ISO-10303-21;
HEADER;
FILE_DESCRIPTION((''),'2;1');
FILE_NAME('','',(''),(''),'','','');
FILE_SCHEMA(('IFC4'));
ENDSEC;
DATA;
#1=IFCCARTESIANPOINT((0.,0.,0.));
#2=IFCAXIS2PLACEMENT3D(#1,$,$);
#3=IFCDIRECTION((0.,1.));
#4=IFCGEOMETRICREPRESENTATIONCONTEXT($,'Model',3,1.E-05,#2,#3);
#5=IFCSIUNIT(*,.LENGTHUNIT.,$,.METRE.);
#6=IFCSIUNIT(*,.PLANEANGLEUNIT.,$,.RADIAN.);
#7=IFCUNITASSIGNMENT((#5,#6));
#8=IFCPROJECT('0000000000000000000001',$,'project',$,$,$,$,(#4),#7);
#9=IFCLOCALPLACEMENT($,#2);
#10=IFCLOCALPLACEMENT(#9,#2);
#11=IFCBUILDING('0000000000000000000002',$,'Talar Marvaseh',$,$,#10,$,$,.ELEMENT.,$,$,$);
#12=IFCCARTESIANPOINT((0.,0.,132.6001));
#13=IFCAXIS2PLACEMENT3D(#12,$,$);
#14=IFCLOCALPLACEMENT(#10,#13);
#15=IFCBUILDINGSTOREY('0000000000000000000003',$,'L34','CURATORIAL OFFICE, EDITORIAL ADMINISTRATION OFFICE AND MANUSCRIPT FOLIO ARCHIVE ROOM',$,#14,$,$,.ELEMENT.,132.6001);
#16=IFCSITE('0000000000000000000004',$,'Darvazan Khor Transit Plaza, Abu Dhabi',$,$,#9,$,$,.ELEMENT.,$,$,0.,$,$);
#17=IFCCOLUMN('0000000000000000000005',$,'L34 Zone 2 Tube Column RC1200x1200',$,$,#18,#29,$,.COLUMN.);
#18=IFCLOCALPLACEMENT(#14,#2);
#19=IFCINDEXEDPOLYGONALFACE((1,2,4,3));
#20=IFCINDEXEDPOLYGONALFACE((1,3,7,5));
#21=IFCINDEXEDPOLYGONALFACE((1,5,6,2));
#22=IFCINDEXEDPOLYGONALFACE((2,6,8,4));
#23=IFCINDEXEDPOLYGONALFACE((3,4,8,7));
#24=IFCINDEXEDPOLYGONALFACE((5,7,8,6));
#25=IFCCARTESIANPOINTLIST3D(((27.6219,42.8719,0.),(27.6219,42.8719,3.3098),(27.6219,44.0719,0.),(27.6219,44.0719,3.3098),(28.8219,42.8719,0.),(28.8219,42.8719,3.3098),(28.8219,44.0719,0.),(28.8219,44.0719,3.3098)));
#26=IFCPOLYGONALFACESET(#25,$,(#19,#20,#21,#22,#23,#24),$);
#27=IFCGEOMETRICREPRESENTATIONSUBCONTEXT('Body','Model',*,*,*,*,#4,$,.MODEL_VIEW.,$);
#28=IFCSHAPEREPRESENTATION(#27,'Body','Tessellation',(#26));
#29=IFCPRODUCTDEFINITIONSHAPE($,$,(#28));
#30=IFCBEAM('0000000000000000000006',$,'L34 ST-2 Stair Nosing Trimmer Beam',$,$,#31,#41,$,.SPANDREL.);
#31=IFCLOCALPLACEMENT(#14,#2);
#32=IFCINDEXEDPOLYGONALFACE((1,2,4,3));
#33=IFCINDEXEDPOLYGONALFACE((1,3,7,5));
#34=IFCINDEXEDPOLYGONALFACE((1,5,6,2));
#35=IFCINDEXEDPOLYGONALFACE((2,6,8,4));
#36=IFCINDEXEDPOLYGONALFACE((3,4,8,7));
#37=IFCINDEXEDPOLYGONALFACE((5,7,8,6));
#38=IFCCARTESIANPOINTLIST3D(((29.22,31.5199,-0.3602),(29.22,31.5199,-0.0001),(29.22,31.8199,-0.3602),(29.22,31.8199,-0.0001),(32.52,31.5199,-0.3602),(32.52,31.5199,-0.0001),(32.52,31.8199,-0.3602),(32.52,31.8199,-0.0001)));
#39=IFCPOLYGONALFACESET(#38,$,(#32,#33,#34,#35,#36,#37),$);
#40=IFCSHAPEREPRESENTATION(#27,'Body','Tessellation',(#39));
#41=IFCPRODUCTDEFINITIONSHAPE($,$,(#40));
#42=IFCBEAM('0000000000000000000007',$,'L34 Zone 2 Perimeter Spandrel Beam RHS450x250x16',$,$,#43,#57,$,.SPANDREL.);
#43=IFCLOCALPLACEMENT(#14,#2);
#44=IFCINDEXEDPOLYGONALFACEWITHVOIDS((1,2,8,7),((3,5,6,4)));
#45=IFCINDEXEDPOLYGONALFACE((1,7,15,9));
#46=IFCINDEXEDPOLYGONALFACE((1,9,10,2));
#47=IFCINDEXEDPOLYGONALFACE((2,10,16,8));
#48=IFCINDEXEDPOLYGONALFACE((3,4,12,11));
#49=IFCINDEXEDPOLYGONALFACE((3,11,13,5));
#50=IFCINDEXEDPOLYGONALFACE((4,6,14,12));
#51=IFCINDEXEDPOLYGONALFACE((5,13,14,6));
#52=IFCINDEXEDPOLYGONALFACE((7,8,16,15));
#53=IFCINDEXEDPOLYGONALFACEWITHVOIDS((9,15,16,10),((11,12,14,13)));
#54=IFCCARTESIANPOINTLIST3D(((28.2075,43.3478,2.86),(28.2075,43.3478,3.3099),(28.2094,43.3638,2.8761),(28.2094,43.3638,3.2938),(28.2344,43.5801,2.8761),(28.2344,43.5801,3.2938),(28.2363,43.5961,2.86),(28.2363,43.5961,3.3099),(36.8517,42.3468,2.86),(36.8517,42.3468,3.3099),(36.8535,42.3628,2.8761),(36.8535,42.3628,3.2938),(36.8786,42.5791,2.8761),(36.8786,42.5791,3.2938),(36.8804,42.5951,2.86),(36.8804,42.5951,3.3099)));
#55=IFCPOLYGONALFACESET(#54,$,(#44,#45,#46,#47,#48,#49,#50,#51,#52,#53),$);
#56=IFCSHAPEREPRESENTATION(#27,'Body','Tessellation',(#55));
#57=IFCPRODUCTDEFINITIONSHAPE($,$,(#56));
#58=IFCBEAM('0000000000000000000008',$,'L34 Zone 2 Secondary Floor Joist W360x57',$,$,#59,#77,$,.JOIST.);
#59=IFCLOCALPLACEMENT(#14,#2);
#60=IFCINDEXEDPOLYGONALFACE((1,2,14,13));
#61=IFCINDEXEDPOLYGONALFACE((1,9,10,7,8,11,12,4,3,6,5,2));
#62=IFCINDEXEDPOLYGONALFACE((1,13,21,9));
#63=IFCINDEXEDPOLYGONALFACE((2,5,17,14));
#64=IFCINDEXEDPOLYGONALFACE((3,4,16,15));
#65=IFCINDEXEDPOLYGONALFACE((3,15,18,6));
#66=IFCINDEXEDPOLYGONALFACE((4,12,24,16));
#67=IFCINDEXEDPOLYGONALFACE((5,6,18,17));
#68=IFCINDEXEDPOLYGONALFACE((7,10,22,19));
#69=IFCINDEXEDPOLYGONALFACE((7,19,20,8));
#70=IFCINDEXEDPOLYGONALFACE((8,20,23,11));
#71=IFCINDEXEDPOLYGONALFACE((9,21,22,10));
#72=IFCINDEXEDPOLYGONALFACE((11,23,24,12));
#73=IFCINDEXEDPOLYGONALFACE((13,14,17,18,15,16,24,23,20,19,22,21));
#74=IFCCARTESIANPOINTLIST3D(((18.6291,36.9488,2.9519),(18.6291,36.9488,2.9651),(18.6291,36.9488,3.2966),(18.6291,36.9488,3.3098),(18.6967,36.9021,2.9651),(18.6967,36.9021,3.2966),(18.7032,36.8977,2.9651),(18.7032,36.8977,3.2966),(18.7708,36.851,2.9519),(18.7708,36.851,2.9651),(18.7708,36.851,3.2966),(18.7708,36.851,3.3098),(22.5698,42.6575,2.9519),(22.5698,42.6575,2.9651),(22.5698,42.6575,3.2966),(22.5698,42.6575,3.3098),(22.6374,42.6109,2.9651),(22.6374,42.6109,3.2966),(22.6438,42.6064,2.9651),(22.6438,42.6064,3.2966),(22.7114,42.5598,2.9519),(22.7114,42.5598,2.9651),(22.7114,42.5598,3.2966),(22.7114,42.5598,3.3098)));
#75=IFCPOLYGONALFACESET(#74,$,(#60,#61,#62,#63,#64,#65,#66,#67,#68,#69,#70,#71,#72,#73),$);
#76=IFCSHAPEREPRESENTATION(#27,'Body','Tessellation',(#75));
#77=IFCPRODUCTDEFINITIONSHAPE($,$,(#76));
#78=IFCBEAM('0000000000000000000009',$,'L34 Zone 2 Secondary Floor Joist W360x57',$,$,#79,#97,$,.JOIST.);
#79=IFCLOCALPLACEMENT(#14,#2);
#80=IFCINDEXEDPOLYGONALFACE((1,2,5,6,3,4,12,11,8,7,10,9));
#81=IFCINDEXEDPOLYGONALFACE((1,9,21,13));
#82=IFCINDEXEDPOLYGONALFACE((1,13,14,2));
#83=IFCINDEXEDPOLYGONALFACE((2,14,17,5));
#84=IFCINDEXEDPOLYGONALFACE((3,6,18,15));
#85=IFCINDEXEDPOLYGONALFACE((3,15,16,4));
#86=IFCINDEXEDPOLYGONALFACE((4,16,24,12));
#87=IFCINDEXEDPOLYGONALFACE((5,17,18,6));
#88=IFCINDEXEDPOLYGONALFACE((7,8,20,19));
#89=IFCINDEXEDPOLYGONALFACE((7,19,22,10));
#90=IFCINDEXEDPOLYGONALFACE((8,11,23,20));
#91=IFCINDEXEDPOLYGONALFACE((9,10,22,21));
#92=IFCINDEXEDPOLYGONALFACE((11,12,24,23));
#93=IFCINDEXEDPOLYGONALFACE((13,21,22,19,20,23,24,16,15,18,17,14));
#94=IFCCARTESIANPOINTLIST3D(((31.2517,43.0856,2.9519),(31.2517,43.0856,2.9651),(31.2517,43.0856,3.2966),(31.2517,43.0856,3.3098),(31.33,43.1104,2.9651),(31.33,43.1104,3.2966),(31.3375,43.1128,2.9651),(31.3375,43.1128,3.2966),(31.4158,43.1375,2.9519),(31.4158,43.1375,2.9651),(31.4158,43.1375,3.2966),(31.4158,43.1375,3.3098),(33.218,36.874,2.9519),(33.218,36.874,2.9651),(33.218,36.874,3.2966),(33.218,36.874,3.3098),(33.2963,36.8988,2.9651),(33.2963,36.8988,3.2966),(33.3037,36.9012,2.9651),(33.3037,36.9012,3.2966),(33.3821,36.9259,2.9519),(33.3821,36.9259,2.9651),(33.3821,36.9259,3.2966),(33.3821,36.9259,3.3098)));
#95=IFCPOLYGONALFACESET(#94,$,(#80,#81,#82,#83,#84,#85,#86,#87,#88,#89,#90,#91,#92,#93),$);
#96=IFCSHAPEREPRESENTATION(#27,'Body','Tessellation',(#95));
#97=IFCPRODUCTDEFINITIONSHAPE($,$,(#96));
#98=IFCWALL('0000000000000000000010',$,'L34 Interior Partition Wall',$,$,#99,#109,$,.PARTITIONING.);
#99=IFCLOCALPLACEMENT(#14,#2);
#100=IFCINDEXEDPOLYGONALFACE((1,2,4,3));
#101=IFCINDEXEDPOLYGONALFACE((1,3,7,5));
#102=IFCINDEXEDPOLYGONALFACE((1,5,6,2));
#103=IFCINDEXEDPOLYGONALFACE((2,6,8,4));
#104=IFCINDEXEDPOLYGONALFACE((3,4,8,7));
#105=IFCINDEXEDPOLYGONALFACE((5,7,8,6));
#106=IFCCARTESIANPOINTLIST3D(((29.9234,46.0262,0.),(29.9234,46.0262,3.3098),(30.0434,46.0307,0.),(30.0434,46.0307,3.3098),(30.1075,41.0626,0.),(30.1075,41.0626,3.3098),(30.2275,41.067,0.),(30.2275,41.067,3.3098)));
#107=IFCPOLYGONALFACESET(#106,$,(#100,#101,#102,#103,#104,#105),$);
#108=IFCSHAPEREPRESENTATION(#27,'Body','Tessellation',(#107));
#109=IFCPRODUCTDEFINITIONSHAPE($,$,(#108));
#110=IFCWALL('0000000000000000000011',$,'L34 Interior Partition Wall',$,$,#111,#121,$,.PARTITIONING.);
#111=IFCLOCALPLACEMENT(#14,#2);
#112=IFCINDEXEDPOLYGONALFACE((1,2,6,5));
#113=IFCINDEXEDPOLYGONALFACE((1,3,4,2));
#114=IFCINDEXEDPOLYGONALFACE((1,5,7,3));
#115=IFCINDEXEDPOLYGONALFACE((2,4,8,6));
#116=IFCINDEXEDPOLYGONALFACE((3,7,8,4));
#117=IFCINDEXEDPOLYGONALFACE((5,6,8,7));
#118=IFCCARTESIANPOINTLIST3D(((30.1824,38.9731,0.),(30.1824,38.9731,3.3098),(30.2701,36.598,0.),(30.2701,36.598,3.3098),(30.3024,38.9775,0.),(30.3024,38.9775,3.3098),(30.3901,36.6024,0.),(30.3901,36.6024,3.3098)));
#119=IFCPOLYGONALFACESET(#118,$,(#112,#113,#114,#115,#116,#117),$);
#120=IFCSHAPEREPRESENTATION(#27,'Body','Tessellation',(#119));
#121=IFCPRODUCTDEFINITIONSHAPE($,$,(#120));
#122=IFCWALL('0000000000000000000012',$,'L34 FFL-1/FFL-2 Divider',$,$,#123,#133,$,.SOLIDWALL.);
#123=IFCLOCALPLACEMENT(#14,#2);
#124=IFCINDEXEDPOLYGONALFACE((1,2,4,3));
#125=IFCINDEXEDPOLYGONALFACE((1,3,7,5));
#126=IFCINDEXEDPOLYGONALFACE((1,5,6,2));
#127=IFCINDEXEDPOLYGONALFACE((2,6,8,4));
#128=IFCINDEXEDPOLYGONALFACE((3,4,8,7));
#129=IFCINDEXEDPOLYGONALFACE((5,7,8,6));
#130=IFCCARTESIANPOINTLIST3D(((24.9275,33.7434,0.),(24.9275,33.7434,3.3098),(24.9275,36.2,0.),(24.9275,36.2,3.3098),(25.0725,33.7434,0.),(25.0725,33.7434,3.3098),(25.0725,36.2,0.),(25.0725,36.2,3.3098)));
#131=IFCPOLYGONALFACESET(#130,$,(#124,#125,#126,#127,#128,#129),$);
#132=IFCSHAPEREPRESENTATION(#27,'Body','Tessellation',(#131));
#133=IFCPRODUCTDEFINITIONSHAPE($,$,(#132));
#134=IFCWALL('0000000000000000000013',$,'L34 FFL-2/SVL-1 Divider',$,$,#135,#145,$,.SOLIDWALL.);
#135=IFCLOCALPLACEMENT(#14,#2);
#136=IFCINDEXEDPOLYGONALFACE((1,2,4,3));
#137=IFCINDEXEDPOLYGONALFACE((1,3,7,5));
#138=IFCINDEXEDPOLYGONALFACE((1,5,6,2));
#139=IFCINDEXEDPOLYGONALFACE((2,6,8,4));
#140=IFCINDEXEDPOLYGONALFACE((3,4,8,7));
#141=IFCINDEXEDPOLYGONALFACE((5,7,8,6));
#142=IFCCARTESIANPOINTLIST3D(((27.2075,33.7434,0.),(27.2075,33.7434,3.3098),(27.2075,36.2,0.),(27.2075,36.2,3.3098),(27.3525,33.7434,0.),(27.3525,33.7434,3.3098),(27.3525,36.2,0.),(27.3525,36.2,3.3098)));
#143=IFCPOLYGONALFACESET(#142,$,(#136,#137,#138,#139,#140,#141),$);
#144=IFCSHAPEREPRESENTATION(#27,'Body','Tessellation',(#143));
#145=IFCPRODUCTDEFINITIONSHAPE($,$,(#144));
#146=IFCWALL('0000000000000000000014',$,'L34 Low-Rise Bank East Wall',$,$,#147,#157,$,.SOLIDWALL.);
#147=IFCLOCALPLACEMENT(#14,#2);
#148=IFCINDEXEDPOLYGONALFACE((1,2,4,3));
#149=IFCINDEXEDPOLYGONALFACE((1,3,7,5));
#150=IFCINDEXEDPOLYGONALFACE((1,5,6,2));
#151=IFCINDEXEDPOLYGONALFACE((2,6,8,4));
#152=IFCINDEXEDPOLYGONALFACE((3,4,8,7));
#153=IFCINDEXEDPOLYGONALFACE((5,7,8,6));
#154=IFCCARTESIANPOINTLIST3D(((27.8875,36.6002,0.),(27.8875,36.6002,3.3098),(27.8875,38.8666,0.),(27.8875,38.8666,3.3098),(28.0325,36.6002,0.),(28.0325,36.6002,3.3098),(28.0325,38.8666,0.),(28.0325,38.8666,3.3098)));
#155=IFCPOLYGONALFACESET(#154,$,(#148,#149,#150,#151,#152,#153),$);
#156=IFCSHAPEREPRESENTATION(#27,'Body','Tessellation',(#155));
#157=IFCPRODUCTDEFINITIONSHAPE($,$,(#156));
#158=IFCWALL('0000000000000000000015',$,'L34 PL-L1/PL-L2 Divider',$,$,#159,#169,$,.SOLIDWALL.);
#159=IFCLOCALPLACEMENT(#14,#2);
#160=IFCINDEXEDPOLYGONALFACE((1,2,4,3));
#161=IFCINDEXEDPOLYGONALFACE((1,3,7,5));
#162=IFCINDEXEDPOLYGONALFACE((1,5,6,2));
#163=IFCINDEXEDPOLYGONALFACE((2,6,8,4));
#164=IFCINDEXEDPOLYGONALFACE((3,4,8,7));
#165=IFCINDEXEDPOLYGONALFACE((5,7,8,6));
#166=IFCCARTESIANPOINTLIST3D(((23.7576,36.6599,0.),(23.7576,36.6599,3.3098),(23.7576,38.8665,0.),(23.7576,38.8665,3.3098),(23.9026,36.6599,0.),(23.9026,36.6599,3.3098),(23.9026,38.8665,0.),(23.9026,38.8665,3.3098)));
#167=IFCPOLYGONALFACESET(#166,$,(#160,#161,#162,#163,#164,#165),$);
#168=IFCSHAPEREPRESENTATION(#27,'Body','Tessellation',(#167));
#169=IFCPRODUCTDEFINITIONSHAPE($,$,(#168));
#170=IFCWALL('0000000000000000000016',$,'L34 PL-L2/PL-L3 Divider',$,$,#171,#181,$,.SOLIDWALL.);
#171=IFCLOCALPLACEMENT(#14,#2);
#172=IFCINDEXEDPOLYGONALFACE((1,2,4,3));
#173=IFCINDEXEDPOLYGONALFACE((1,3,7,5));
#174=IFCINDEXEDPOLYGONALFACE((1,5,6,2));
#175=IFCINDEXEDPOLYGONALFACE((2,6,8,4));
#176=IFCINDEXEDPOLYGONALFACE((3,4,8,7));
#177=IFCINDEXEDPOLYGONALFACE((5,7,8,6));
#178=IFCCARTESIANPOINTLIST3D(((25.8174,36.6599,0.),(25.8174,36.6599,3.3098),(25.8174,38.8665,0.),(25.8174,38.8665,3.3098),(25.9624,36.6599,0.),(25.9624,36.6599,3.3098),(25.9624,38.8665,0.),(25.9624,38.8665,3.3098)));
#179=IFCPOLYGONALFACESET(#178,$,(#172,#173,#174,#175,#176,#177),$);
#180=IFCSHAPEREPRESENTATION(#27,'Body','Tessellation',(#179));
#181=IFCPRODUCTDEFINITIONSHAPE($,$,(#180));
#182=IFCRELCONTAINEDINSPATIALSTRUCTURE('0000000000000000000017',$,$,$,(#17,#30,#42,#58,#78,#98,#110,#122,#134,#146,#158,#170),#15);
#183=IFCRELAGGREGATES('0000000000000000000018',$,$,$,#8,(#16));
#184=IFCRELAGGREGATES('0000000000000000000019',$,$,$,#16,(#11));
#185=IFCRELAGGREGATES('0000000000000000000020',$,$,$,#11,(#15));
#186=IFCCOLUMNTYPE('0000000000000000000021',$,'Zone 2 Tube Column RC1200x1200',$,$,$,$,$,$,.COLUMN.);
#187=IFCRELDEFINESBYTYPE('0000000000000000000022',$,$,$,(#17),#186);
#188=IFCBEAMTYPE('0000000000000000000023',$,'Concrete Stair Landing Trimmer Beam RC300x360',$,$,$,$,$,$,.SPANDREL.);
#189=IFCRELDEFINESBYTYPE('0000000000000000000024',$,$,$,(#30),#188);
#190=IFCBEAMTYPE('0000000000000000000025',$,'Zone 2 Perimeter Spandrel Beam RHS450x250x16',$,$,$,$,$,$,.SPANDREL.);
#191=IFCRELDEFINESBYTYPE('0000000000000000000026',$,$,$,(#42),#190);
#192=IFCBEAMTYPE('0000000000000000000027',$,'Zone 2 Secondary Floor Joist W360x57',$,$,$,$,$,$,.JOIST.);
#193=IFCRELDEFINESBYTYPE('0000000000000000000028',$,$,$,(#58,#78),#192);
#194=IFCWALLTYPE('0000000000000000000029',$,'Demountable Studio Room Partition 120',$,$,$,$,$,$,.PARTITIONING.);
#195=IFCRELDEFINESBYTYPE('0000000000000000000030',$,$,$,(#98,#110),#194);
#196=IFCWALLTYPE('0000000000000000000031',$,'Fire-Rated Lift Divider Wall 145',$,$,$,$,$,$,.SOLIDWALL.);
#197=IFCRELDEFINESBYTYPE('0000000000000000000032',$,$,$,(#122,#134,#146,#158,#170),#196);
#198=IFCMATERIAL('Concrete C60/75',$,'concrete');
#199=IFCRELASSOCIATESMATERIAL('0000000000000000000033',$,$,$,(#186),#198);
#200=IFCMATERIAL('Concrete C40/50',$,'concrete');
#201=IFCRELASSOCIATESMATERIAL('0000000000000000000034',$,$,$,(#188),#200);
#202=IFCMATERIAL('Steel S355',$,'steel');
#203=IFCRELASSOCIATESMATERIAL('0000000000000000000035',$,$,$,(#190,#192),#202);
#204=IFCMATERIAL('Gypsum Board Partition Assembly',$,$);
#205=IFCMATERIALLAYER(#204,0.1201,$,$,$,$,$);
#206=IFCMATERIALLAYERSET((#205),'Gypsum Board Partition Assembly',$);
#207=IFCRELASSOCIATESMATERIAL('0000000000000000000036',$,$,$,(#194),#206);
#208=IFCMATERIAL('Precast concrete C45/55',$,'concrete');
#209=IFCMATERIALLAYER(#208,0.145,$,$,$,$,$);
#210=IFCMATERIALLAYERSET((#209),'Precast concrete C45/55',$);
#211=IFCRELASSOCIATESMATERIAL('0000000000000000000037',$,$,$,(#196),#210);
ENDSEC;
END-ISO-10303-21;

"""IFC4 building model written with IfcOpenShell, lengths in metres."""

from ifc_helpers import new_model, si_unit, direction, frame, frame_2d, origin, origin_2d, place, context, subcontext, project, spatial, rectangle, hollow_rectangle, i_section, extrude, material, layer, layer_set, material_profile, profile_set, type_object, element, save


model = new_model("IFC4")

# Units and contexts
model_context = context("Model", 3, precision=1e-05, world=origin(), true_north=direction((0.0, 1.0)))
body_context = subcontext(model_context, "Body", "Model", "MODEL_VIEW")
ifc_project = project(units=[si_unit("LENGTHUNIT", "METRE"), si_unit("PLANEANGLEUNIT", "RADIAN")], contexts=[model_context])

# Site, building, storey
site_placement = place(None, origin())
site = spatial("IfcSite", under=ifc_project, at=site_placement, Name="Darvazan Khor Transit Plaza, Abu Dhabi", CompositionType="ELEMENT", RefElevation=0.0)
building_placement = place(site_placement, origin())
building = spatial("IfcBuilding", under=site, at=building_placement, Name="Talar Marvaseh", CompositionType="ELEMENT")
storey_placement = place(building_placement, frame((0.0, 0.0, 132.6001)))
storey = spatial("IfcBuildingStorey", under=building, at=storey_placement, Name="L34", Description="CURATORIAL OFFICE, EDITORIAL ADMINISTRATION OFFICE AND MANUSCRIPT FOLIO ARCHIVE ROOM", CompositionType="ELEMENT", Elevation=132.6001)

# Column
ifc_material_1 = material(Name="Concrete C60/75", Category="concrete")
ifc_material_profile_1 = material_profile(ifc_material_1, rectangle(XDim=1.2, YDim=1.2, at=origin_2d()), Name="RC1200x1200")
ifc_profile_set_1 = profile_set([ifc_material_profile_1], Name="Concrete C60/75")
column_type = type_object("IfcColumnType", Name="Zone 2 Tube Column RC1200x1200", PredefinedType="COLUMN", material=ifc_profile_set_1)
column_placement = place(storey_placement, frame((28.2219, 43.4719, 0.0), z_axis=(0.0, 0.0, 1.0), x_axis=(1.0, 0.0, 0.0)))
element("IfcColumn", 1, at=column_placement, inside=storey, type_object=column_type, Name="L34 Zone 2 Tube Column RC1200x1200", PredefinedType="COLUMN", context=body_context, shape_type="SweptSolid", body=[
    extrude(rectangle(XDim=1.2, YDim=1.2, at=origin_2d()), origin(), (0.0, 0.0, 1.0), 3.3098),
])

# Beams
ifc_material_2 = material(Name="Concrete C40/50", Category="concrete")
ifc_material_profile_2 = material_profile(ifc_material_2, rectangle(XDim=0.3, YDim=0.3601, at=origin_2d()), Name="RC300x360")
ifc_profile_set_2 = profile_set([ifc_material_profile_2], Name="Concrete C40/50")
beam_type_1 = type_object("IfcBeamType", Name="Concrete Stair Landing Trimmer Beam RC300x360", PredefinedType="SPANDREL", material=ifc_profile_set_2)
beam_1_placement = place(storey_placement, frame((29.22, 31.6699, -0.1802), z_axis=(1.0, 0.0, 0.0), x_axis=(0.0, 1.0, 0.0)))
element("IfcBeam", 2, at=beam_1_placement, inside=storey, type_object=beam_type_1, Name="L34 ST-2 Stair Nosing Trimmer Beam", PredefinedType="SPANDREL", context=body_context, shape_type="SweptSolid", body=[
    extrude(rectangle(XDim=0.3, YDim=0.3601, at=origin_2d()), origin(), (0.0, 0.0, 1.0), 3.3),
])
ifc_material_3 = material(Name="Steel S355", Category="steel")
ifc_material_profile_3 = material_profile(ifc_material_3, hollow_rectangle(XDim=0.25, YDim=0.45, WallThickness=0.0161, at=origin_2d()), Name="RHS450x250x16")
ifc_profile_set_3 = profile_set([ifc_material_profile_3], Name="Steel S355")
beam_type_2 = type_object("IfcBeamType", Name="Zone 2 Perimeter Spandrel Beam RHS450x250x16", PredefinedType="SPANDREL", material=ifc_profile_set_3)
beam_2_placement = place(storey_placement, frame((28.2219, 43.4719, 3.085), z_axis=(0.993362, -0.115031, 0.0), x_axis=(0.115031, 0.993362, 0.0)))
element("IfcBeam", 3, at=beam_2_placement, inside=storey, type_object=beam_type_2, Name="L34 Zone 2 Perimeter Spandrel Beam RHS450x250x16", PredefinedType="SPANDREL", context=body_context, shape_type="SweptSolid", body=[
    extrude(hollow_rectangle(XDim=0.25, YDim=0.45, WallThickness=0.0161, at=origin_2d()), origin(), (0.0, 0.0, 1.0), 8.7019),
])
ifc_material_profile_4 = material_profile(ifc_material_3, i_section(OverallWidth=0.1721, OverallDepth=0.3579, WebThickness=0.0078, FlangeThickness=0.0132, at=origin_2d()), Name="W360x57")
ifc_profile_set_4 = profile_set([ifc_material_profile_4], Name="Steel S355")
beam_type_3 = type_object("IfcBeamType", Name="Zone 2 Secondary Floor Joist W360x57", PredefinedType="JOIST", material=ifc_profile_set_4)
beam_3_placement = place(storey_placement, frame((22.6406, 42.6086, 3.1309), z_axis=(-0.568086, -0.822969, 0.0), x_axis=(0.822969, -0.568086, 0.0)))
element("IfcBeam", 4, at=beam_3_placement, inside=storey, type_object=beam_type_3, Name="L34 Zone 2 Secondary Floor Joist W360x57", PredefinedType="JOIST", context=body_context, shape_type="SweptSolid", body=[
    extrude(i_section(OverallWidth=0.1721, OverallDepth=0.3579, WebThickness=0.0078, FlangeThickness=0.0132, at=origin_2d()), origin(), (0.0, 0.0, 1.0), 6.9368),
])
beam_4_placement = place(storey_placement, frame((31.3337, 43.1116, 3.1309), z_axis=(0.301791, -0.953374, 0.0), x_axis=(0.953374, 0.301791, 0.0)))
element("IfcBeam", 5, at=beam_4_placement, inside=storey, type_object=beam_type_3, Name="L34 Zone 2 Secondary Floor Joist W360x57", PredefinedType="JOIST", context=body_context, shape_type="SweptSolid", body=[
    extrude(i_section(OverallWidth=0.1721, OverallDepth=0.3579, WebThickness=0.0078, FlangeThickness=0.0132, at=origin_2d()), origin(), (0.0, 0.0, 1.0), 6.5154),
])

# Walls
ifc_material_4 = material(Name="Gypsum Board Partition Assembly")
ifc_layer_1 = layer(ifc_material_4, 0.1201)
ifc_layer_set_1 = layer_set([ifc_layer_1], Name="Gypsum Board Partition Assembly")
wall_type_1 = type_object("IfcWallType", Name="Demountable Studio Room Partition 120", PredefinedType="PARTITIONING", material=ifc_layer_set_1)
wall_1_placement = place(storey_placement, frame((30.1675, 41.0649, 0.0), z_axis=(0.0, 0.0, 1.0), x_axis=(-0.037061, 0.999313, 0.0)))
element("IfcWall", 6, at=wall_1_placement, inside=storey, type_object=wall_type_1, Name="L34 Interior Partition Wall", PredefinedType="PARTITIONING", context=body_context, shape_type="SweptSolid", body=[
    extrude(rectangle(XDim=4.967, YDim=0.1201, at=frame_2d((2.4834, 0.0))), origin(), (0.0, 0.0, 1.0), 3.3098),
])
wall_2_placement = place(storey_placement, frame((30.3301, 36.6001, 0.0), z_axis=(0.0, 0.0, 1.0), x_axis=(-0.036879, 0.99932, 0.0)))
element("IfcWall", 7, at=wall_2_placement, inside=storey, type_object=wall_type_1, Name="L34 Interior Partition Wall", PredefinedType="PARTITIONING", context=body_context, shape_type="SweptSolid", body=[
    extrude(rectangle(XDim=2.3767, YDim=0.1201, at=frame_2d((1.1885, 0.0))), origin(), (0.0, 0.0, 1.0), 3.3098),
])
ifc_material_5 = material(Name="Precast concrete C45/55", Category="concrete")
ifc_layer_2 = layer(ifc_material_5, 0.145)
ifc_layer_set_2 = layer_set([ifc_layer_2], Name="Precast concrete C45/55")
wall_type_2 = type_object("IfcWallType", Name="Fire-Rated Lift Divider Wall 145", PredefinedType="SOLIDWALL", material=ifc_layer_set_2)
for number, where, z_axis, x_axis, name in (
    (8, (25.0, 33.7434, 0.0), (0.0, 0.0, 1.0), (0.0, 1.0, 0.0), "L34 FFL-1/FFL-2 Divider"),
    (9, (27.28, 33.7434, 0.0), (0.0, 0.0, 1.0), (0.0, 1.0, 0.0), "L34 FFL-2/SVL-1 Divider"),
):
    element("IfcWall", number, at=place(storey_placement, frame(where, z_axis=z_axis, x_axis=x_axis)), inside=storey, type_object=wall_type_2, Name=name, PredefinedType="SOLIDWALL", context=body_context, shape_type="SweptSolid", body=[
        extrude(rectangle(XDim=2.4565, YDim=0.145, at=frame_2d((1.2283, 0.0))), origin(), (0.0, 0.0, 1.0), 3.3098),
    ])
wall_3_placement = place(storey_placement, frame((27.96, 36.6001, 0.0), z_axis=(0.0, 0.0, 1.0), x_axis=(0.0, 1.0, 0.0)))
element("IfcWall", 10, at=wall_3_placement, inside=storey, type_object=wall_type_2, Name="L34 Low-Rise Bank East Wall", PredefinedType="SOLIDWALL", context=body_context, shape_type="SweptSolid", body=[
    extrude(rectangle(XDim=2.2664, YDim=0.145, at=frame_2d((1.1333, 0.0))), origin(), (0.0, 0.0, 1.0), 3.3098),
])
for number, where, z_axis, x_axis, name in (
    (11, (23.8301, 36.6599, 0.0), (0.0, 0.0, 1.0), (0.0, 1.0, 0.0), "L34 PL-L1/PL-L2 Divider"),
    (12, (25.8899, 36.6599, 0.0), (0.0, 0.0, 1.0), (0.0, 1.0, 0.0), "L34 PL-L2/PL-L3 Divider"),
):
    element("IfcWall", number, at=place(storey_placement, frame(where, z_axis=z_axis, x_axis=x_axis)), inside=storey, type_object=wall_type_2, Name=name, PredefinedType="SOLIDWALL", context=body_context, shape_type="SweptSolid", body=[
        extrude(rectangle(XDim=2.2065, YDim=0.145, at=frame_2d((1.1033, 0.0))), origin(), (0.0, 0.0, 1.0), 3.3098),
    ])

save(model, "model.ifc")
